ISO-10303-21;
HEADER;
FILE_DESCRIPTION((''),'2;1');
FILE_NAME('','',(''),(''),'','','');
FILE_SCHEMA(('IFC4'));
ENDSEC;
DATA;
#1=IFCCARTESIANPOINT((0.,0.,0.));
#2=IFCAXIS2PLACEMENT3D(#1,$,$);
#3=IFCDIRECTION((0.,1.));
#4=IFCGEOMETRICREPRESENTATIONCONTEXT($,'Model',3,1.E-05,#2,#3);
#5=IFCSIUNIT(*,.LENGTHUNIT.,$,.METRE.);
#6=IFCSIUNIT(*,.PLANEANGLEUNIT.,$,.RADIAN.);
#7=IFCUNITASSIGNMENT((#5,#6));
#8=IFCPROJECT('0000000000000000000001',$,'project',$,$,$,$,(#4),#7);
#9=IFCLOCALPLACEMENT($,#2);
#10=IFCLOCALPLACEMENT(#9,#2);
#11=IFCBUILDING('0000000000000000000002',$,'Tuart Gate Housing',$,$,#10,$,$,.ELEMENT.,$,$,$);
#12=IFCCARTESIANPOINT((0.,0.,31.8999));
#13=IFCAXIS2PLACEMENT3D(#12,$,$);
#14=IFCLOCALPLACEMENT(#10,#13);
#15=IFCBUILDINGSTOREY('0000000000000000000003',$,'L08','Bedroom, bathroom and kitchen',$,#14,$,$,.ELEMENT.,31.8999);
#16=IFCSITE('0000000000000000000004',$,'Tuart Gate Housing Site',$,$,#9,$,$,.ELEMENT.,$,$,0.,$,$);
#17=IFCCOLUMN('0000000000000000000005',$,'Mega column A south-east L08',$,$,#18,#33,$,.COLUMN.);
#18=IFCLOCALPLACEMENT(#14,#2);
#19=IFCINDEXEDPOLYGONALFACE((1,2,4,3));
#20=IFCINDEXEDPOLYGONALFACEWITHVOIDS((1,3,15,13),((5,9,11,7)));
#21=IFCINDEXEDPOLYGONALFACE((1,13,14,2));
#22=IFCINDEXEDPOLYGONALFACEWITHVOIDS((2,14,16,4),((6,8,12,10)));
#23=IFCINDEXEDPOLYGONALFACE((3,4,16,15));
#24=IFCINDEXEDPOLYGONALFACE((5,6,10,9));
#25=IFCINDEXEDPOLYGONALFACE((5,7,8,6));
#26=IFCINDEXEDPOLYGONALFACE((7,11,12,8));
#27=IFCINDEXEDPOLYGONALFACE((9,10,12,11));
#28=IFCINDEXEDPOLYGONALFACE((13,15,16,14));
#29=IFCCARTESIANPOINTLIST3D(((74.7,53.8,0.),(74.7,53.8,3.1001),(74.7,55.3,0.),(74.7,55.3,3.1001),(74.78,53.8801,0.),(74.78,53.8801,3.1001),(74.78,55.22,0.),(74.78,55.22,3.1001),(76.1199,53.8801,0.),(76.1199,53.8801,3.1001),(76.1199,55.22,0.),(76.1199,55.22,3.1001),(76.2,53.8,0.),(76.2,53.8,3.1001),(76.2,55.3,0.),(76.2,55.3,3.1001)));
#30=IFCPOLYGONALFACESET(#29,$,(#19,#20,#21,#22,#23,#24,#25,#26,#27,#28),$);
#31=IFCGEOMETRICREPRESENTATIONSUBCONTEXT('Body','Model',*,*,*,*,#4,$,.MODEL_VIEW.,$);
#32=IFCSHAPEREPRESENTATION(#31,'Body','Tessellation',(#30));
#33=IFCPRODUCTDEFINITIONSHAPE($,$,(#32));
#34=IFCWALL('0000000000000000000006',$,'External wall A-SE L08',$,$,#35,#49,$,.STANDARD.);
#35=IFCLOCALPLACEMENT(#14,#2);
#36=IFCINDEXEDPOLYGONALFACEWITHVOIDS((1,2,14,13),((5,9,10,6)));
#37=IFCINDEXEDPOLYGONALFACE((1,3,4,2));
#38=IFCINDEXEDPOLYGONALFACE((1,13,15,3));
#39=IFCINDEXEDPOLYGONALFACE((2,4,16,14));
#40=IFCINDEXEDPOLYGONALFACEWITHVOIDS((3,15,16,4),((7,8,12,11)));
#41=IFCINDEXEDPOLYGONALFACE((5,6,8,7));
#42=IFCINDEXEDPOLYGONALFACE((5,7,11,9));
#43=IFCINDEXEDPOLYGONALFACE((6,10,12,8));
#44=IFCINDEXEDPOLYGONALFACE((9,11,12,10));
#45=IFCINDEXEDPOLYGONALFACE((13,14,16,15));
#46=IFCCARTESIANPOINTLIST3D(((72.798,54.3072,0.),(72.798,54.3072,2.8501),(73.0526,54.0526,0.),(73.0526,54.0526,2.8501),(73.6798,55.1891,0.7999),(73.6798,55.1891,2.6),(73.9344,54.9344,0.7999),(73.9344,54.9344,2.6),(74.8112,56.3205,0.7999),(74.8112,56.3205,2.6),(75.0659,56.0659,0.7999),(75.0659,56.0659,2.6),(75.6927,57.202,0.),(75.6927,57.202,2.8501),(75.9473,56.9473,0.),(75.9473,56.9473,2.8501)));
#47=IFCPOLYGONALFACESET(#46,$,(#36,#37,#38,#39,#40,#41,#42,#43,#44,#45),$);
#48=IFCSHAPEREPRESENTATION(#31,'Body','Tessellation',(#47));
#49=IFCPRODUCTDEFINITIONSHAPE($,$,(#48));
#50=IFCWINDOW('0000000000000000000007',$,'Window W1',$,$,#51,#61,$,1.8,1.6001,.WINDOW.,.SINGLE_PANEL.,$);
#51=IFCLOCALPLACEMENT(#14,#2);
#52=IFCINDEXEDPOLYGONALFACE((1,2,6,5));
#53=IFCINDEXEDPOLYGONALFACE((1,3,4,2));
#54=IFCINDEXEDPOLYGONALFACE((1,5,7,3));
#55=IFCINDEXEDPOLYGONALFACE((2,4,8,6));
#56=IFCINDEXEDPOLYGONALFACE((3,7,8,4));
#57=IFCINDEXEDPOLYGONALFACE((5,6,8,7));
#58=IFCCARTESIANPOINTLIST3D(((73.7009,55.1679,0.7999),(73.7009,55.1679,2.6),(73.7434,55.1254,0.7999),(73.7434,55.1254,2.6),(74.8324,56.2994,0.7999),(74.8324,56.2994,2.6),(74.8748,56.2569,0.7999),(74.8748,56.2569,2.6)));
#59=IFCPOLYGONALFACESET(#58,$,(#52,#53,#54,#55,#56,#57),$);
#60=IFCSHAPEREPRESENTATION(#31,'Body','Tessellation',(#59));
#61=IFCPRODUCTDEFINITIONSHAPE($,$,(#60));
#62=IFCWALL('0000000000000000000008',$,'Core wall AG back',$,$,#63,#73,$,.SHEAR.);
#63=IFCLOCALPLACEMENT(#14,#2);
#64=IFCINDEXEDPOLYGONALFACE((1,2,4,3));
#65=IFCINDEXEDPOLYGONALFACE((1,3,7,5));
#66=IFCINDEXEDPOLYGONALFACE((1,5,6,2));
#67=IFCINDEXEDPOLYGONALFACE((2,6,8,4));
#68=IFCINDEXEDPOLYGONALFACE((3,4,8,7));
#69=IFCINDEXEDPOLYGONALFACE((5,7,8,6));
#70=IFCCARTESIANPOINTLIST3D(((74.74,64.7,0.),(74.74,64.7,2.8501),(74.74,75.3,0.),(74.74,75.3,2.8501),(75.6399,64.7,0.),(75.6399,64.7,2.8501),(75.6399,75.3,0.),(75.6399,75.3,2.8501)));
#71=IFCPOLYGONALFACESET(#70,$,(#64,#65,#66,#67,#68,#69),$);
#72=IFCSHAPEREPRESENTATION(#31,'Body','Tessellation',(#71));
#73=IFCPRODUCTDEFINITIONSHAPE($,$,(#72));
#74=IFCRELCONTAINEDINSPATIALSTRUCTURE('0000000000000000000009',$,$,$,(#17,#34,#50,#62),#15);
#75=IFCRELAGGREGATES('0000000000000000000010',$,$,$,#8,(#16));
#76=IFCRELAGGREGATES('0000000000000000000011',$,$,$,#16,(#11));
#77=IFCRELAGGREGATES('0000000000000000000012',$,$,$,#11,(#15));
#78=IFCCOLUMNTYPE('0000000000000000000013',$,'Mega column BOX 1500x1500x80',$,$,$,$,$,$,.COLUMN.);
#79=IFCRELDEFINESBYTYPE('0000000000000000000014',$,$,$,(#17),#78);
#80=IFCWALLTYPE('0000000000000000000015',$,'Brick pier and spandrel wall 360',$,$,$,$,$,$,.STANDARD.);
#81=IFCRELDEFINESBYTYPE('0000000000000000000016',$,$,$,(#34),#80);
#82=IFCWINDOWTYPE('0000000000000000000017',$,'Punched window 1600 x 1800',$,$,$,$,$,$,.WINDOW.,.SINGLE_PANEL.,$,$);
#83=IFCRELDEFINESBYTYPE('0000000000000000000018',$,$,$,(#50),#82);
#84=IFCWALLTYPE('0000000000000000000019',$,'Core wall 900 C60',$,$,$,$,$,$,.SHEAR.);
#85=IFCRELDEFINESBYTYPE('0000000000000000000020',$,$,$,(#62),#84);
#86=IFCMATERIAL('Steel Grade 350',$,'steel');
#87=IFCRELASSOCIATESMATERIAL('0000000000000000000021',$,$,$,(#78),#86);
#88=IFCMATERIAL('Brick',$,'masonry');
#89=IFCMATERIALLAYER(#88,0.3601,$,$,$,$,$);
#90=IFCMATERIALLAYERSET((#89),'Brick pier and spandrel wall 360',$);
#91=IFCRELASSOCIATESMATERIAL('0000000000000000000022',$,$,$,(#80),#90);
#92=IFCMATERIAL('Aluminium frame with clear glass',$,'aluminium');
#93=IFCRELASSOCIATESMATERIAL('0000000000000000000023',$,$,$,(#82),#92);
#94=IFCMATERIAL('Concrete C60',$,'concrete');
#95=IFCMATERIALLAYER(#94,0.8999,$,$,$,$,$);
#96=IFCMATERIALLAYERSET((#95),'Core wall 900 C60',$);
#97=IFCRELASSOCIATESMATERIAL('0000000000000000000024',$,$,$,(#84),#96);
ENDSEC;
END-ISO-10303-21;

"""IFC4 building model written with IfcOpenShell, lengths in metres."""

from ifc_helpers import new_model, si_unit, direction, frame, frame_2d, origin, origin_2d, place, context, subcontext, project, spatial, rectangle, hollow_rectangle, extrude, material, layer, layer_set, material_profile, profile_set, type_object, element, fill, save


model = new_model("IFC4")

# Units and contexts
model_context = context("Model", 3, precision=1e-05, world=origin(), true_north=direction((0.0, 1.0)))
body_context = subcontext(model_context, "Body", "Model", "MODEL_VIEW")
ifc_project = project(units=[si_unit("LENGTHUNIT", "METRE"), si_unit("PLANEANGLEUNIT", "RADIAN")], contexts=[model_context])

# Site, building, storey
site_placement = place(None, origin())
site = spatial("IfcSite", under=ifc_project, at=site_placement, Name="Tuart Gate Housing Site", CompositionType="ELEMENT", RefElevation=0.0)
building_placement = place(site_placement, origin())
building = spatial("IfcBuilding", under=site, at=building_placement, Name="Tuart Gate Housing", CompositionType="ELEMENT")
storey_placement = place(building_placement, frame((0.0, 0.0, 31.8999)))
storey = spatial("IfcBuildingStorey", under=building, at=storey_placement, Name="L08", Description="Bedroom, bathroom and kitchen", CompositionType="ELEMENT", Elevation=31.8999)

# Column
ifc_material_1 = material(Name="Steel Grade 350", Category="steel")
ifc_material_profile = material_profile(ifc_material_1, hollow_rectangle(XDim=1.5, YDim=1.5, WallThickness=0.0801, at=origin_2d()), Name="BOX 1500x1500x80")
ifc_profile_set = profile_set([ifc_material_profile], Name="Steel Grade 350")
column_type = type_object("IfcColumnType", Name="Mega column BOX 1500x1500x80", PredefinedType="COLUMN", material=ifc_profile_set)
column_placement = place(storey_placement, frame((75.45, 54.55, 0.0), z_axis=(0.0, 0.0, 1.0), x_axis=(1.0, 0.0, 0.0)))
element("IfcColumn", 1, at=column_placement, inside=storey, type_object=column_type, Name="Mega column A south-east L08", PredefinedType="COLUMN", context=body_context, shape_type="SweptSolid", body=[
    extrude(hollow_rectangle(XDim=1.5, YDim=1.5, WallThickness=0.0801, at=origin_2d()), origin(), (0.0, 0.0, 1.0), 3.1001),
])

# Wall, opening, window
ifc_material_2 = material(Name="Brick", Category="masonry")
ifc_layer_1 = layer(ifc_material_2, 0.3601)
ifc_layer_set_1 = layer_set([ifc_layer_1], Name="Brick pier and spandrel wall 360")
wall_type_1 = type_object("IfcWallType", Name="Brick pier and spandrel wall 360", PredefinedType="STANDARD", material=ifc_layer_set_1)
wall_1_placement = place(storey_placement, frame((72.9253, 54.1799, 0.0), z_axis=(0.0, 0.0, 1.0), x_axis=(0.707107, 0.707107, 0.0)))
wall_1 = element("IfcWall", 2, at=wall_1_placement, inside=storey, type_object=wall_type_1, Name="External wall A-SE L08", PredefinedType="STANDARD", context=body_context, shape_type="SweptSolid", body=[
    extrude(rectangle(XDim=4.0938, YDim=0.3601, at=frame_2d((2.0469, 0.0))), origin(), (0.0, 0.0, 1.0), 2.8501),
])
opening_placement = place(wall_1_placement, frame((1.2471, 0.0, 0.8)))
opening = element("IfcOpeningElement", 3, at=opening_placement, cuts=wall_1, PredefinedType="OPENING", context=body_context, shape_type="SweptSolid", body=[
    extrude(rectangle(XDim=1.6001, YDim=1.8, at=frame_2d((0.8, 0.8999))), frame((0.0, 0.1899, 0.0), z_axis=(0.0, -1.0, 0.0), x_axis=(1.0, 0.0, 0.0)), (0.0, 0.0, 1.0), 0.3801),
])
ifc_material_3 = material(Name="Aluminium frame with clear glass", Category="aluminium")
window_type = type_object("IfcWindowType", Name="Punched window 1600 x 1800", PartitioningType="SINGLE_PANEL", PredefinedType="WINDOW", material=ifc_material_3)
window_placement = place(opening_placement, origin())
window = element("IfcWindow", 4, at=window_placement, inside=storey, type_object=window_type, Name="Window W1", OverallHeight=1.8, OverallWidth=1.6001, PartitioningType="SINGLE_PANEL", PredefinedType="WINDOW", context=body_context, shape_type="SweptSolid", body=[
    extrude(rectangle(XDim=1.6001, YDim=1.8, at=frame_2d((0.8, 0.8999))), frame((0.0, 0.1501, 0.0), z_axis=(0.0, -1.0, 0.0), x_axis=(1.0, 0.0, 0.0)), (0.0, 0.0, 1.0), 0.0601),
])
fill(opening, window)

# Wall
ifc_material_4 = material(Name="Concrete C60", Category="concrete")
ifc_layer_2 = layer(ifc_material_4, 0.8999)
ifc_layer_set_2 = layer_set([ifc_layer_2], Name="Core wall 900 C60")
wall_type_2 = type_object("IfcWallType", Name="Core wall 900 C60", PredefinedType="SHEAR", material=ifc_layer_set_2)
wall_2_placement = place(storey_placement, frame((75.1899, 64.7, 0.0), z_axis=(0.0, 0.0, 1.0), x_axis=(0.0, 1.0, 0.0)))
element("IfcWall", 5, at=wall_2_placement, inside=storey, type_object=wall_type_2, Name="Core wall AG back", PredefinedType="SHEAR", context=body_context, shape_type="SweptSolid", body=[
    extrude(rectangle(XDim=10.6001, YDim=0.8999, at=frame_2d((5.3, 0.0))), origin(), (0.0, 0.0, 1.0), 2.8501),
])

save(model, "model.ifc")
